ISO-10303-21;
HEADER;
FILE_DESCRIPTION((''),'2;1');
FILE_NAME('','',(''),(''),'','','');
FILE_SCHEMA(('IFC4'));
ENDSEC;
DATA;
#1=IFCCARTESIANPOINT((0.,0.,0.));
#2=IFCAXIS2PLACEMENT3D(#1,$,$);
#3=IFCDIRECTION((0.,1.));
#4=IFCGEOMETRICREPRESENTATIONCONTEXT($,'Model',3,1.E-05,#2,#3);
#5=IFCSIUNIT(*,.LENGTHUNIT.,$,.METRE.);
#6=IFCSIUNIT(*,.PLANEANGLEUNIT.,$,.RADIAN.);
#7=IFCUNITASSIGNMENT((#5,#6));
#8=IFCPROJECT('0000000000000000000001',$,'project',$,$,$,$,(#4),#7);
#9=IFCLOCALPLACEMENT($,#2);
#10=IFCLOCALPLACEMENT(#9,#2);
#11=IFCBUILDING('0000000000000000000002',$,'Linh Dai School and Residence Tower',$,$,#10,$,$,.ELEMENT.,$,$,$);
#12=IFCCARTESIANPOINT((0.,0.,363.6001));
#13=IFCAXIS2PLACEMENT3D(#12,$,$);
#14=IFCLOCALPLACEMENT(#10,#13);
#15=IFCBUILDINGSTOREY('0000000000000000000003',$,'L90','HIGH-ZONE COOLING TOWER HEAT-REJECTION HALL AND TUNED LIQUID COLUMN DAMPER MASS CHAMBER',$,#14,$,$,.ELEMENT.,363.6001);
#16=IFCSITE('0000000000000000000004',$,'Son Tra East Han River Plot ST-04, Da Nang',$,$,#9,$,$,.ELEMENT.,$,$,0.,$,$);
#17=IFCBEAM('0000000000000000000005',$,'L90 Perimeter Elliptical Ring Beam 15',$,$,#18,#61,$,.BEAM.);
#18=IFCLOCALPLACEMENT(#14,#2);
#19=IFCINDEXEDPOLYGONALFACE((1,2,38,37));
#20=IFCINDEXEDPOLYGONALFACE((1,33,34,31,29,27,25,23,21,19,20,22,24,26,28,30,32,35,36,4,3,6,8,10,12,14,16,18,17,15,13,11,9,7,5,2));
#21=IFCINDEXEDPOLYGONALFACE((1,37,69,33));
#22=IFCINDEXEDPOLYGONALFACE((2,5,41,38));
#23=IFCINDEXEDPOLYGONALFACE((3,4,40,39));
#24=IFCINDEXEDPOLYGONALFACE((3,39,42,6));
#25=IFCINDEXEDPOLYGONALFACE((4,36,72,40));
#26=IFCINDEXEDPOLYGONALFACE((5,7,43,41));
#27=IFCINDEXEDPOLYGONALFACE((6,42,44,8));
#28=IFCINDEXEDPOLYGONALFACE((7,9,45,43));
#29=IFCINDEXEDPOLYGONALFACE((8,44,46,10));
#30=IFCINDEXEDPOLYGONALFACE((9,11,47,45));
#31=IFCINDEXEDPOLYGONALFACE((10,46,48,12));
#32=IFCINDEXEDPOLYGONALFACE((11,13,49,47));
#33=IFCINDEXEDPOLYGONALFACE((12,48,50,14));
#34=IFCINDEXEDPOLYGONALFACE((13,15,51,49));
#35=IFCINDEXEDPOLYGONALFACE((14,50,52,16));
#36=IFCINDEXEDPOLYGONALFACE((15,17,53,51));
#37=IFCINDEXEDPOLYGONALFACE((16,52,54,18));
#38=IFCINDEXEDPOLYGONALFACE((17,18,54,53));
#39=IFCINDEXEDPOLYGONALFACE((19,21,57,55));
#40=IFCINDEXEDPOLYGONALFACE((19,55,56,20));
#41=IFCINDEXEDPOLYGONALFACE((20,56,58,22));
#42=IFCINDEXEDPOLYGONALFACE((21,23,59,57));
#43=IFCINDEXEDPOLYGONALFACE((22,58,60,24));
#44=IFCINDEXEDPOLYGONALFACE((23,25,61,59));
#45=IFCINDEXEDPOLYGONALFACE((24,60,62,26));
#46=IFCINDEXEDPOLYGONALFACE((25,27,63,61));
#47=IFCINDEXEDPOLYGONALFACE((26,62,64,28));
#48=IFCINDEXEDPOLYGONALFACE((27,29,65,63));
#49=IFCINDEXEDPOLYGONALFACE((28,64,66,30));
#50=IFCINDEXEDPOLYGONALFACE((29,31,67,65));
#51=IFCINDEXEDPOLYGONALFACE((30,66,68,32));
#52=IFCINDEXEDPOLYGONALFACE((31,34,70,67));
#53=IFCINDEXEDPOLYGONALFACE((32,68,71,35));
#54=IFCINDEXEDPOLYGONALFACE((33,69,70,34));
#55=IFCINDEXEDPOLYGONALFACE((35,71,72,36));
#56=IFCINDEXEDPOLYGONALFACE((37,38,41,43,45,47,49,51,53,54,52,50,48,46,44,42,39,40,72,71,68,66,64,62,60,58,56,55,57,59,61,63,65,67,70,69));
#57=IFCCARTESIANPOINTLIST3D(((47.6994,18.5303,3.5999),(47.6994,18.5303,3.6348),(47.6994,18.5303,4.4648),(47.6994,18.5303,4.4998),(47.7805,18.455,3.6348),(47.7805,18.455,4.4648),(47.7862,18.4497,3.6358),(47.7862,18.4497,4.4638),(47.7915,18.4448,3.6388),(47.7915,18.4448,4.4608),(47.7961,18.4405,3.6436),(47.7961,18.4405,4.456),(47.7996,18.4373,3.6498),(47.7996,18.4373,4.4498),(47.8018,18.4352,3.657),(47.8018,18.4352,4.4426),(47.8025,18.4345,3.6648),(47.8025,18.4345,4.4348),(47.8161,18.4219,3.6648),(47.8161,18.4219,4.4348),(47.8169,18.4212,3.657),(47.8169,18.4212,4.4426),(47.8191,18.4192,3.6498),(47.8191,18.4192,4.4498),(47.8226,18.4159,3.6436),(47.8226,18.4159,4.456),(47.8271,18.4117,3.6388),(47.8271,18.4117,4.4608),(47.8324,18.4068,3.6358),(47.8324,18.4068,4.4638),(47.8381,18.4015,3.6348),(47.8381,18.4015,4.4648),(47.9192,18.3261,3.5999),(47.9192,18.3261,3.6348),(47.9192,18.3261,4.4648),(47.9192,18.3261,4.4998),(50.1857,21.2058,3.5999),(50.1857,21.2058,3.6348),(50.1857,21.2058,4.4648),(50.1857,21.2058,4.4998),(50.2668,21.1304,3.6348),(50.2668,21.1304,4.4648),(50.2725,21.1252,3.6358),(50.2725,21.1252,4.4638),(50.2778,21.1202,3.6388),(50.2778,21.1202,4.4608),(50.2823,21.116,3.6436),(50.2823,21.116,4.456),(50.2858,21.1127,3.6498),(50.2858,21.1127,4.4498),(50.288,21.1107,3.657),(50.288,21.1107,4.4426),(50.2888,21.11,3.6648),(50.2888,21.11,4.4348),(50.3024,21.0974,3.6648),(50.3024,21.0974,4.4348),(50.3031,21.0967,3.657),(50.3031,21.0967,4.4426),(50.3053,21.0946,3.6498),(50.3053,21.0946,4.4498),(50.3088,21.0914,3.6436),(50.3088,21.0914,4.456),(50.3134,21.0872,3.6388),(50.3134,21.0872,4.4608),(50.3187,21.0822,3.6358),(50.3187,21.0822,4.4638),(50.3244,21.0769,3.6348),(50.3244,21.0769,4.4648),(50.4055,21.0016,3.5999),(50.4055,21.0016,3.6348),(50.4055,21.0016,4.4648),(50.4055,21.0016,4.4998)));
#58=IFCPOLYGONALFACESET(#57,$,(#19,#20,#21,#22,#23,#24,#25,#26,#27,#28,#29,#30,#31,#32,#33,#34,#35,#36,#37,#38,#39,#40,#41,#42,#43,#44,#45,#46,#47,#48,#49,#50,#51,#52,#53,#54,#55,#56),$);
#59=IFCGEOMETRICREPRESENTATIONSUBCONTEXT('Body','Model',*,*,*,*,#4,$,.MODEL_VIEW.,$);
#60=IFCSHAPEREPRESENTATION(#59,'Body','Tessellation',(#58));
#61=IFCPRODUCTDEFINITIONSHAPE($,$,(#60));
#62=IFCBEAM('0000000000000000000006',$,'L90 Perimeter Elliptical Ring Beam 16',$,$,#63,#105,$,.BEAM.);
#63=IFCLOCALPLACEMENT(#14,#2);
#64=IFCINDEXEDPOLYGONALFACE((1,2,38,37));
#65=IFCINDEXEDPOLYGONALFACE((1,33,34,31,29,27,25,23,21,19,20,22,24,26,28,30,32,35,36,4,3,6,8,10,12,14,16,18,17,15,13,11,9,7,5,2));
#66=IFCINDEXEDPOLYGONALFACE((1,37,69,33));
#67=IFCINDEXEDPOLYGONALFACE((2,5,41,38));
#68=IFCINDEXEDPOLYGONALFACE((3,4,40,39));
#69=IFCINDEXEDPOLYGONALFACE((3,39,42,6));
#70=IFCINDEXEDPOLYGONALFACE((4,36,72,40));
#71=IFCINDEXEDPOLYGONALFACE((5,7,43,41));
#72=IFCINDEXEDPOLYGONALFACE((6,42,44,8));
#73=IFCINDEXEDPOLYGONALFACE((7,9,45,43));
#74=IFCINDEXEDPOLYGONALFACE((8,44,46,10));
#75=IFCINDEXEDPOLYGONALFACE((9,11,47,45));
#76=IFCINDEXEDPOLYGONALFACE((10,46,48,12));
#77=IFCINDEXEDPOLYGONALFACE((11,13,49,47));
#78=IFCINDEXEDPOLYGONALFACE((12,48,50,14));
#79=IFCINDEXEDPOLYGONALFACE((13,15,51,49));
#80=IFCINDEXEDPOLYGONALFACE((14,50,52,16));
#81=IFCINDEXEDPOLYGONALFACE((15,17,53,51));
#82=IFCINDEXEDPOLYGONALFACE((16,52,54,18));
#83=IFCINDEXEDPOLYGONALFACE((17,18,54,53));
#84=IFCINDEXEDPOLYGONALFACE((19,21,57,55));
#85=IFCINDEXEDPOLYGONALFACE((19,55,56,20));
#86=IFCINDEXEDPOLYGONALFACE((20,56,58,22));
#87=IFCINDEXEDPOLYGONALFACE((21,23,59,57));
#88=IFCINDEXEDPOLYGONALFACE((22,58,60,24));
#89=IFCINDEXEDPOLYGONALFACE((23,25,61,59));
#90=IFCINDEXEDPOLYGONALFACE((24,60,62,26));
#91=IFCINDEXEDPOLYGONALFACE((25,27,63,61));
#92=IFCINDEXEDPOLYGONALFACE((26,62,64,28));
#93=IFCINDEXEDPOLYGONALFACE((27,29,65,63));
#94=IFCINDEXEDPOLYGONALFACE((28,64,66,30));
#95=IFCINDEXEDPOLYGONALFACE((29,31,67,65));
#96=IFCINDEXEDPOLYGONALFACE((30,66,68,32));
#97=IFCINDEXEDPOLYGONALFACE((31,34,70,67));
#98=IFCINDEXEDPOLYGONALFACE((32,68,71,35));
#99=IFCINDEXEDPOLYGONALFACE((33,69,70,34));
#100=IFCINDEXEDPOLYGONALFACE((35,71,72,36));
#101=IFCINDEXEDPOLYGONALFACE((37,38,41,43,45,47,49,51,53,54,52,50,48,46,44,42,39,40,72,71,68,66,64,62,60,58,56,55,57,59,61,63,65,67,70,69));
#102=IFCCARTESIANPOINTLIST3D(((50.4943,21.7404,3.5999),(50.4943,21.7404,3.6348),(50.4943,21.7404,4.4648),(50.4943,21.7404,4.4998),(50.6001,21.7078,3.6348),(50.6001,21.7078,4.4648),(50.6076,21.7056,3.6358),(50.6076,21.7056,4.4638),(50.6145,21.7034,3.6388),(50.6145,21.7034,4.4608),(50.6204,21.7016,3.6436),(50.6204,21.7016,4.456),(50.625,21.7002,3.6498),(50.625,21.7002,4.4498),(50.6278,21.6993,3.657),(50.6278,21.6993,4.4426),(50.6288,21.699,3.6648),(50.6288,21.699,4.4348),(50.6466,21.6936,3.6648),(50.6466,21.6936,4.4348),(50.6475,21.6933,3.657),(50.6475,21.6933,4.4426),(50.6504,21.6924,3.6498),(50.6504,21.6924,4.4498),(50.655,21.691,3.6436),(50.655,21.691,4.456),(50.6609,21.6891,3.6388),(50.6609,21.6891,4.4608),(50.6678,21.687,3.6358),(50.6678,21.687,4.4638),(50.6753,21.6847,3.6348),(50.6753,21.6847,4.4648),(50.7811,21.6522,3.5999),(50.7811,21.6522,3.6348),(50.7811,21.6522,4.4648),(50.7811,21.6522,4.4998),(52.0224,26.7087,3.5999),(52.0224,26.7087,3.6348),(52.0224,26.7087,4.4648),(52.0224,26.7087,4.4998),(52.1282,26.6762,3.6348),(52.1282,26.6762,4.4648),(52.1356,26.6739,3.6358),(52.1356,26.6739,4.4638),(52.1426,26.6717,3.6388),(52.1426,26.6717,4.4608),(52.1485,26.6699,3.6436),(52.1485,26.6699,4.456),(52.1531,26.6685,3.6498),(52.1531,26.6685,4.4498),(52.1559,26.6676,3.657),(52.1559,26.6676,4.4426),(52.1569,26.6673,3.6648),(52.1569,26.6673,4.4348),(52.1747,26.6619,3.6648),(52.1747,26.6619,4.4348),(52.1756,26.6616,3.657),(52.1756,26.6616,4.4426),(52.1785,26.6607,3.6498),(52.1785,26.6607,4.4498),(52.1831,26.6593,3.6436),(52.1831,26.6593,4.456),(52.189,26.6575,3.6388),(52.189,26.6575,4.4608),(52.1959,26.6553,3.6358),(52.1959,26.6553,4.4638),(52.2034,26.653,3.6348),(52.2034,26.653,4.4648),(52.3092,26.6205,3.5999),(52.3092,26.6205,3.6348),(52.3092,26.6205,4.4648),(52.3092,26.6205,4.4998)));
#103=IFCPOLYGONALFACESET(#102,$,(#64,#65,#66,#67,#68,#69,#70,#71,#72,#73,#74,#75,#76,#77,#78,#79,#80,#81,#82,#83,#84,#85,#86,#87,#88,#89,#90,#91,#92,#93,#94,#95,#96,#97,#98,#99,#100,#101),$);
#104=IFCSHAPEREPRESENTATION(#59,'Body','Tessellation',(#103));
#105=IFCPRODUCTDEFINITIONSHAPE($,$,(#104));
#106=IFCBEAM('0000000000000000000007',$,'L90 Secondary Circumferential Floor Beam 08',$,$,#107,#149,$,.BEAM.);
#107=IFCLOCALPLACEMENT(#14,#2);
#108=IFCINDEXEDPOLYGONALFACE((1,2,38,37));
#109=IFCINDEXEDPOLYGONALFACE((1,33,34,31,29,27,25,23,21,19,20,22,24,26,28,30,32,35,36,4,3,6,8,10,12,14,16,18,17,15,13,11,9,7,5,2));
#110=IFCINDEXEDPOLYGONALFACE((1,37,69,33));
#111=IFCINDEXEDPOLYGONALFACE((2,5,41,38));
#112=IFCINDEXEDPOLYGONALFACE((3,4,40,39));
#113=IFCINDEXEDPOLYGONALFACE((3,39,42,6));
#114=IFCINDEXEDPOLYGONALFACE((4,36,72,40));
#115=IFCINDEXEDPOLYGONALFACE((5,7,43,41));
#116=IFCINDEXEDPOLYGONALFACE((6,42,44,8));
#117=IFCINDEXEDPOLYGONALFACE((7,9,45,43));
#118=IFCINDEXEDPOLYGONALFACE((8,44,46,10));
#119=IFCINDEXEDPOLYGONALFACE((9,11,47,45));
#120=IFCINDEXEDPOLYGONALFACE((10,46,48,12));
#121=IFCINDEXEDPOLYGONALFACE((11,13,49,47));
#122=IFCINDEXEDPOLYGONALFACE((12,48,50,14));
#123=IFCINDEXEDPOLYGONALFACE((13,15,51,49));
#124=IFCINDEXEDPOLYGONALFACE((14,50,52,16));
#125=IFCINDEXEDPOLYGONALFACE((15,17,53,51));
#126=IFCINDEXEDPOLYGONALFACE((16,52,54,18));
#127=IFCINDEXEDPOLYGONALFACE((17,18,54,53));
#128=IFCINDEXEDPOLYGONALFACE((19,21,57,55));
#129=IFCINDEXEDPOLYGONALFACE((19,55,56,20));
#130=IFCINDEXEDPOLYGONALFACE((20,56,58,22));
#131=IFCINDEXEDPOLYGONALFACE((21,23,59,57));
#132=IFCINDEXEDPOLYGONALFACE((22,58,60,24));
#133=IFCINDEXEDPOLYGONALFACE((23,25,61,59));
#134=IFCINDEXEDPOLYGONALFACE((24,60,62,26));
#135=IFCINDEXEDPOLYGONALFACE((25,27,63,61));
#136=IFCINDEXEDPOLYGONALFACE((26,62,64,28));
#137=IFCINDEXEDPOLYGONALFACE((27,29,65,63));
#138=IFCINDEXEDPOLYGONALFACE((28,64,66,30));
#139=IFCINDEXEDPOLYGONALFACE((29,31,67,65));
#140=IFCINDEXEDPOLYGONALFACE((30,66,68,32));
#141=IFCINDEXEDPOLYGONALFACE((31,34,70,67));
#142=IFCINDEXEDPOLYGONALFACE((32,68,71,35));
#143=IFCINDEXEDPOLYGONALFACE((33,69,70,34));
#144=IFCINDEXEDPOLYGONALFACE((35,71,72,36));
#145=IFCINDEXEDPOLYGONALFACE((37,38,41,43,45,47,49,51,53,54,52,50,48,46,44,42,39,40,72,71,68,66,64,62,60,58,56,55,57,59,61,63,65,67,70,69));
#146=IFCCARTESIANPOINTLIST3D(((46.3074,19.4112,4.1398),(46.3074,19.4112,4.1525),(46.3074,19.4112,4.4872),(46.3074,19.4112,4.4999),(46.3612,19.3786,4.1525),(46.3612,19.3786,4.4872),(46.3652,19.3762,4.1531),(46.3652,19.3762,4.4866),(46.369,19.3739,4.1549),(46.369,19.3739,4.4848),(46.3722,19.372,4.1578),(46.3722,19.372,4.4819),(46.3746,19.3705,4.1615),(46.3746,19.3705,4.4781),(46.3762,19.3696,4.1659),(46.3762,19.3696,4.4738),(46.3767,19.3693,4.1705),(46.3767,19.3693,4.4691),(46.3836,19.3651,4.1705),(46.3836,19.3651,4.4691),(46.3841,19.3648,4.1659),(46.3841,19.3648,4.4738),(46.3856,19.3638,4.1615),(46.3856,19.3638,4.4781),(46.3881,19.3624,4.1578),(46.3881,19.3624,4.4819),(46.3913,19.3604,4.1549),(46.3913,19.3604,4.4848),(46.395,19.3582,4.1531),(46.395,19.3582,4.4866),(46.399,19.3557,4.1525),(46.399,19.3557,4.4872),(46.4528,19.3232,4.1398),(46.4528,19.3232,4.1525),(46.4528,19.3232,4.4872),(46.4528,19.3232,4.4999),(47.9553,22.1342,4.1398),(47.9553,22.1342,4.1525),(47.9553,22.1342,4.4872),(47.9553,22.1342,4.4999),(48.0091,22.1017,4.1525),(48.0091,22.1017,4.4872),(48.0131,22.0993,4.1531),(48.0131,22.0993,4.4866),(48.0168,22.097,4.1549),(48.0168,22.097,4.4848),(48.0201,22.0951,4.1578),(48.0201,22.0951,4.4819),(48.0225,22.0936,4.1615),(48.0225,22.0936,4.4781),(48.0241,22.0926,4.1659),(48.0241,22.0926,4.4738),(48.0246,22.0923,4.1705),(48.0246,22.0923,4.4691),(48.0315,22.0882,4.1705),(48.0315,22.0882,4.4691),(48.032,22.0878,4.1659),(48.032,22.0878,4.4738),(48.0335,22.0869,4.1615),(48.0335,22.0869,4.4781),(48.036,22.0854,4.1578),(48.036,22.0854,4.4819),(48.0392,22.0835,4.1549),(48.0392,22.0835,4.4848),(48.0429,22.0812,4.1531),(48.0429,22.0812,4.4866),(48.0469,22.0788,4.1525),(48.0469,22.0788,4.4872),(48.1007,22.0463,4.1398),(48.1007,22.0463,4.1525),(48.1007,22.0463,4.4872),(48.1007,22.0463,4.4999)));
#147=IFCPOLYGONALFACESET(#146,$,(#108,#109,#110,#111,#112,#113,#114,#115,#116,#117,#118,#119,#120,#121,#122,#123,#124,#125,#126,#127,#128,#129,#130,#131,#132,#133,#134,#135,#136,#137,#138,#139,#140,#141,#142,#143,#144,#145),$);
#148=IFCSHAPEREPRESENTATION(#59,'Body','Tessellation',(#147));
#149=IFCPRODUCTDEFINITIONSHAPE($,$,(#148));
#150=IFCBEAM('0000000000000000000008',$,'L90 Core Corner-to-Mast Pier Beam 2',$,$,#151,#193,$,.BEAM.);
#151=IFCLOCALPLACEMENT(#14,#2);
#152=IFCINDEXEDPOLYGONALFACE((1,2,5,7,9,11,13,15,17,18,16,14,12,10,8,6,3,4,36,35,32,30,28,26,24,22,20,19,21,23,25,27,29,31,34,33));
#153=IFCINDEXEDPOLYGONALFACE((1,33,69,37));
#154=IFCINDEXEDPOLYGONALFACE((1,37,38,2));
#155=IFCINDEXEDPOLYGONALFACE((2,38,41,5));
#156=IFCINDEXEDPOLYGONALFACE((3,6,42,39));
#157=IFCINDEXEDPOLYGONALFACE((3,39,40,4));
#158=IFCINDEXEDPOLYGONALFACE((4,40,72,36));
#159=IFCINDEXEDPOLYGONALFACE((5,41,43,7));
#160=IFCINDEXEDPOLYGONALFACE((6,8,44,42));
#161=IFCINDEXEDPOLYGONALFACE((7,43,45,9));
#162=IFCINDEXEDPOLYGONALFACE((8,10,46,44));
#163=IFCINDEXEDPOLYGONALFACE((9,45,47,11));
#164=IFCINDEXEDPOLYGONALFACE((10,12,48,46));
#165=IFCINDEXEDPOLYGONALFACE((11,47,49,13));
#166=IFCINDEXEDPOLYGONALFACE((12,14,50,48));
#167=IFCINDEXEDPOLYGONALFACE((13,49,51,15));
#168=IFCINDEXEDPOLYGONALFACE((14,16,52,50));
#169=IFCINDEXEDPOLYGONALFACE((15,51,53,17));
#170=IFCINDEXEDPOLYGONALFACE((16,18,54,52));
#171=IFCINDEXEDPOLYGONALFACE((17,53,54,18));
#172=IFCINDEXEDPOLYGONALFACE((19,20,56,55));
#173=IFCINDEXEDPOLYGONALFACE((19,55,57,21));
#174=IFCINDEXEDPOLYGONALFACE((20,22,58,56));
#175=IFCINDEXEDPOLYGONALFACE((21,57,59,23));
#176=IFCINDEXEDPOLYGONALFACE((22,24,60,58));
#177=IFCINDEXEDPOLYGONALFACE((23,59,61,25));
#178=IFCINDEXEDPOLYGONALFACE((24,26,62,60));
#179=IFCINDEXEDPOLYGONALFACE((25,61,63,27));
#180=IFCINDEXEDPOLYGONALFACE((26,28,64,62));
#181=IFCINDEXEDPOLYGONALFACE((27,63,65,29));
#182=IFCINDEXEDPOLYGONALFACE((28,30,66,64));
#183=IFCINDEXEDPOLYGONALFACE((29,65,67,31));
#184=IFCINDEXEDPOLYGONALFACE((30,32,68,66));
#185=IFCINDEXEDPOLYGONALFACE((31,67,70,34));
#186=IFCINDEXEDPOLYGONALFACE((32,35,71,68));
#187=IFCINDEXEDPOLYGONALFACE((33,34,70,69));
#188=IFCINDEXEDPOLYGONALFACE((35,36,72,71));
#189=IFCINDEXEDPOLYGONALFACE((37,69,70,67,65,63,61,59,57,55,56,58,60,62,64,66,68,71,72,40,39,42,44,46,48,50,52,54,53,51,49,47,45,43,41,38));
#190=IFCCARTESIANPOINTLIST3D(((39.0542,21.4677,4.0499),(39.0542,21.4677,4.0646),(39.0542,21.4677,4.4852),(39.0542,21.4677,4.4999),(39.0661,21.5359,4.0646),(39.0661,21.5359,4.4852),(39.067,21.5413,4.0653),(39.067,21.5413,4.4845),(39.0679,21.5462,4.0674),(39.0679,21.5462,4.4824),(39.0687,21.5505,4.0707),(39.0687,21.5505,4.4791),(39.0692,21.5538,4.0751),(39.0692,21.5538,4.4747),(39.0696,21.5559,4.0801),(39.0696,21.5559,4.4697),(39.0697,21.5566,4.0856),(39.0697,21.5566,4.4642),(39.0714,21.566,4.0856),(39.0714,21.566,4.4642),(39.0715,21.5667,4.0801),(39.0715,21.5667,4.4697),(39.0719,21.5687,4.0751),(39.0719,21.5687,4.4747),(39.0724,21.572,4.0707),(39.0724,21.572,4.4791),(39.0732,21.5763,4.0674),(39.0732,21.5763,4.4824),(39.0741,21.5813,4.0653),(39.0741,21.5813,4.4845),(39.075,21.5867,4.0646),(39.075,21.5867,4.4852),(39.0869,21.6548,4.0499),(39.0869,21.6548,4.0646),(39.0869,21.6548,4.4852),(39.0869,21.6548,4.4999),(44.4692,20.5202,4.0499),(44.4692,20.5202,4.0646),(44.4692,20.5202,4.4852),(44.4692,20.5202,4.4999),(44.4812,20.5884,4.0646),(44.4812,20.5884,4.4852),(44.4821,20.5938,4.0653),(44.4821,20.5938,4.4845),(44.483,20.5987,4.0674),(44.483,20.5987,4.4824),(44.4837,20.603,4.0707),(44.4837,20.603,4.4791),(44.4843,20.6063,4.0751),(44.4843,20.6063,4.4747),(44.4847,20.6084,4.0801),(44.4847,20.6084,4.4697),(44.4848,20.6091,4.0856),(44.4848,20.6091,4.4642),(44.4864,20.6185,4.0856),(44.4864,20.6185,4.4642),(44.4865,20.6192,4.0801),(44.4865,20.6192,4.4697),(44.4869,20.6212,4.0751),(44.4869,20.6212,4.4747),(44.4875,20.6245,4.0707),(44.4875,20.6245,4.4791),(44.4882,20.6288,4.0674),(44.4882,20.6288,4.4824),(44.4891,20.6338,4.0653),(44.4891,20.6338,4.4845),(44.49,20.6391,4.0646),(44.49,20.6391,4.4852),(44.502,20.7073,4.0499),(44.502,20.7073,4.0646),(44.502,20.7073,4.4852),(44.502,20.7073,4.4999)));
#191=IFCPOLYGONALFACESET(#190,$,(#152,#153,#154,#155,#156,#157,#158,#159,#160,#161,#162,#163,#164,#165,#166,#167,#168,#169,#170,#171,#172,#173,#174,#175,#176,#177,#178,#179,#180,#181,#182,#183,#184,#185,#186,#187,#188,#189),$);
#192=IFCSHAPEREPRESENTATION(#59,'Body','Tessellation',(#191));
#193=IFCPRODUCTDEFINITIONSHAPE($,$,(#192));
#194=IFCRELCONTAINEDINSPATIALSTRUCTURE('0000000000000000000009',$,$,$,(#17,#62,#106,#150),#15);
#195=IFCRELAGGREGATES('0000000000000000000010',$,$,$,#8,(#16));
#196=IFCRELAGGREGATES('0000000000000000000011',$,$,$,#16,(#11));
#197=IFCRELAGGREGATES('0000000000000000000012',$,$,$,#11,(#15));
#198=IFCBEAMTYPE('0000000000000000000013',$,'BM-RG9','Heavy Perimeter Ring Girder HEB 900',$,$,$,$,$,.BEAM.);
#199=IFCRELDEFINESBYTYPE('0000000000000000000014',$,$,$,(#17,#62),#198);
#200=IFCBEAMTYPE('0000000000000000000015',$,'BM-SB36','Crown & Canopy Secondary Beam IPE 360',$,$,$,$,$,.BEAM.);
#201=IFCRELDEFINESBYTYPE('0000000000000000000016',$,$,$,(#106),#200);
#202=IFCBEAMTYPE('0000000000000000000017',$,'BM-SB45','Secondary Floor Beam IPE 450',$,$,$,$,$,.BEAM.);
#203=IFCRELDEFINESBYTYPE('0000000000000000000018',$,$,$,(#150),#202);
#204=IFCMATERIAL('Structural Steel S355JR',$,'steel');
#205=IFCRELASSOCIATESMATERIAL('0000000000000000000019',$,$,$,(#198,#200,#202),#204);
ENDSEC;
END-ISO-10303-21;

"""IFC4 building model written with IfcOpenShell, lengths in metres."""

from ifc_helpers import new_model, si_unit, direction, frame, origin, origin_2d, place, context, subcontext, project, spatial, i_section, extrude, material, material_profile, profile_set, type_object, element, save


model = new_model("IFC4")

# Units and contexts
model_context = context("Model", 3, precision=1e-05, world=origin(), true_north=direction((0.0, 1.0)))
body_context = subcontext(model_context, "Body", "Model", "MODEL_VIEW")
ifc_project = project(units=[si_unit("LENGTHUNIT", "METRE"), si_unit("PLANEANGLEUNIT", "RADIAN")], contexts=[model_context])

# Site, building, storey
site_placement = place(None, origin())
site = spatial("IfcSite", under=ifc_project, at=site_placement, Name="Son Tra East Han River Plot ST-04, Da Nang", CompositionType="ELEMENT", RefElevation=0.0)
building_placement = place(site_placement, origin())
building = spatial("IfcBuilding", under=site, at=building_placement, Name="Linh Dai School and Residence Tower", CompositionType="ELEMENT")
storey_placement = place(building_placement, frame((0.0, 0.0, 363.6001)))
storey = spatial("IfcBuildingStorey", under=building, at=storey_placement, Name="L90", Description="HIGH-ZONE COOLING TOWER HEAT-REJECTION HALL AND TUNED LIQUID COLUMN DAMPER MASS CHAMBER", CompositionType="ELEMENT", Elevation=363.6001)

# Shared definitions
ifc_material_1 = material(Name="Structural Steel S355JR", Category="steel")

# Beams
ifc_material_profile_1 = material_profile(ifc_material_1, i_section(OverallWidth=0.3, OverallDepth=0.8999, WebThickness=0.0186, FlangeThickness=0.0349, FilletRadius=0.03, at=origin_2d()), Name="HEB 900")
ifc_profile_set_1 = profile_set([ifc_material_profile_1], Name="Structural Steel S355JR")
beam_type_1 = type_object("IfcBeamType", Name="BM-RG9", Description="Heavy Perimeter Ring Girder HEB 900", PredefinedType="BEAM", material=ifc_profile_set_1)
beam_1_placement = place(storey_placement, frame((47.8093, 18.4282, 4.0498), z_axis=(0.680731, 0.732534, 0.0), x_axis=(-0.732534, 0.680731, 0.0)))
element("IfcBeam", 1, at=beam_1_placement, inside=storey, type_object=beam_type_1, Name="L90 Perimeter Elliptical Ring Beam 15", PredefinedType="BEAM", context=body_context, shape_type="SweptSolid", body=[
    extrude(i_section(OverallWidth=0.3, OverallDepth=0.8999, WebThickness=0.0186, FlangeThickness=0.0349, FilletRadius=0.03, at=origin_2d()), origin(), (0.0, 0.0, 1.0), 3.6523),
])
beam_2_placement = place(storey_placement, frame((50.6377, 21.6963, 4.0498), z_axis=(0.293977, 0.955813, 0.0), x_axis=(-0.955813, 0.293977, 0.0)))
element("IfcBeam", 2, at=beam_2_placement, inside=storey, type_object=beam_type_1, Name="L90 Perimeter Elliptical Ring Beam 16", PredefinedType="BEAM", context=body_context, shape_type="SweptSolid", body=[
    extrude(i_section(OverallWidth=0.3, OverallDepth=0.8999, WebThickness=0.0186, FlangeThickness=0.0349, FilletRadius=0.03, at=origin_2d()), origin(), (0.0, 0.0, 1.0), 5.198),
])
ifc_material_profile_2 = material_profile(ifc_material_1, i_section(OverallWidth=0.1699, OverallDepth=0.3601, WebThickness=0.0081, FlangeThickness=0.0127, FilletRadius=0.0181, at=origin_2d()), Name="IPE 360")
ifc_profile_set_2 = profile_set([ifc_material_profile_2], Name="Structural Steel S355JR")
beam_type_2 = type_object("IfcBeamType", Name="BM-SB36", Description="Crown & Canopy Secondary Beam IPE 360", PredefinedType="BEAM", material=ifc_profile_set_2)
beam_3_placement = place(storey_placement, frame((46.3801, 19.3672, 4.3198), z_axis=(0.517741, 0.855538, 0.0), x_axis=(-0.855538, 0.517741, 0.0)))
element("IfcBeam", 3, at=beam_3_placement, inside=storey, type_object=beam_type_2, Name="L90 Secondary Circumferential Floor Beam 08", PredefinedType="BEAM", context=body_context, shape_type="SweptSolid", body=[
    extrude(i_section(OverallWidth=0.1699, OverallDepth=0.3601, WebThickness=0.0081, FlangeThickness=0.0127, FilletRadius=0.0181, at=origin_2d()), origin(), (0.0, 0.0, 1.0), 3.1829),
])
ifc_material_profile_3 = material_profile(ifc_material_1, i_section(OverallWidth=0.1899, OverallDepth=0.45, WebThickness=0.0095, FlangeThickness=0.0146, FilletRadius=0.021, at=origin_2d()), Name="IPE 450")
ifc_profile_set_3 = profile_set([ifc_material_profile_3], Name="Structural Steel S355JR")
beam_type_3 = type_object("IfcBeamType", Name="BM-SB45", Description="Secondary Floor Beam IPE 450", PredefinedType="BEAM", material=ifc_profile_set_3)
beam_4_placement = place(storey_placement, frame((44.4856, 20.6138, 4.2749), z_axis=(-0.985034, 0.172359, 0.0), x_axis=(-0.172359, -0.985034, 0.0)))
element("IfcBeam", 4, at=beam_4_placement, inside=storey, type_object=beam_type_3, Name="L90 Core Corner-to-Mast Pier Beam 2", PredefinedType="BEAM", context=body_context, shape_type="SweptSolid", body=[
    extrude(i_section(OverallWidth=0.1899, OverallDepth=0.45, WebThickness=0.0095, FlangeThickness=0.0146, FilletRadius=0.021, at=origin_2d()), origin(), (0.0, 0.0, 1.0), 5.4973),
])

save(model, "model.ifc")
